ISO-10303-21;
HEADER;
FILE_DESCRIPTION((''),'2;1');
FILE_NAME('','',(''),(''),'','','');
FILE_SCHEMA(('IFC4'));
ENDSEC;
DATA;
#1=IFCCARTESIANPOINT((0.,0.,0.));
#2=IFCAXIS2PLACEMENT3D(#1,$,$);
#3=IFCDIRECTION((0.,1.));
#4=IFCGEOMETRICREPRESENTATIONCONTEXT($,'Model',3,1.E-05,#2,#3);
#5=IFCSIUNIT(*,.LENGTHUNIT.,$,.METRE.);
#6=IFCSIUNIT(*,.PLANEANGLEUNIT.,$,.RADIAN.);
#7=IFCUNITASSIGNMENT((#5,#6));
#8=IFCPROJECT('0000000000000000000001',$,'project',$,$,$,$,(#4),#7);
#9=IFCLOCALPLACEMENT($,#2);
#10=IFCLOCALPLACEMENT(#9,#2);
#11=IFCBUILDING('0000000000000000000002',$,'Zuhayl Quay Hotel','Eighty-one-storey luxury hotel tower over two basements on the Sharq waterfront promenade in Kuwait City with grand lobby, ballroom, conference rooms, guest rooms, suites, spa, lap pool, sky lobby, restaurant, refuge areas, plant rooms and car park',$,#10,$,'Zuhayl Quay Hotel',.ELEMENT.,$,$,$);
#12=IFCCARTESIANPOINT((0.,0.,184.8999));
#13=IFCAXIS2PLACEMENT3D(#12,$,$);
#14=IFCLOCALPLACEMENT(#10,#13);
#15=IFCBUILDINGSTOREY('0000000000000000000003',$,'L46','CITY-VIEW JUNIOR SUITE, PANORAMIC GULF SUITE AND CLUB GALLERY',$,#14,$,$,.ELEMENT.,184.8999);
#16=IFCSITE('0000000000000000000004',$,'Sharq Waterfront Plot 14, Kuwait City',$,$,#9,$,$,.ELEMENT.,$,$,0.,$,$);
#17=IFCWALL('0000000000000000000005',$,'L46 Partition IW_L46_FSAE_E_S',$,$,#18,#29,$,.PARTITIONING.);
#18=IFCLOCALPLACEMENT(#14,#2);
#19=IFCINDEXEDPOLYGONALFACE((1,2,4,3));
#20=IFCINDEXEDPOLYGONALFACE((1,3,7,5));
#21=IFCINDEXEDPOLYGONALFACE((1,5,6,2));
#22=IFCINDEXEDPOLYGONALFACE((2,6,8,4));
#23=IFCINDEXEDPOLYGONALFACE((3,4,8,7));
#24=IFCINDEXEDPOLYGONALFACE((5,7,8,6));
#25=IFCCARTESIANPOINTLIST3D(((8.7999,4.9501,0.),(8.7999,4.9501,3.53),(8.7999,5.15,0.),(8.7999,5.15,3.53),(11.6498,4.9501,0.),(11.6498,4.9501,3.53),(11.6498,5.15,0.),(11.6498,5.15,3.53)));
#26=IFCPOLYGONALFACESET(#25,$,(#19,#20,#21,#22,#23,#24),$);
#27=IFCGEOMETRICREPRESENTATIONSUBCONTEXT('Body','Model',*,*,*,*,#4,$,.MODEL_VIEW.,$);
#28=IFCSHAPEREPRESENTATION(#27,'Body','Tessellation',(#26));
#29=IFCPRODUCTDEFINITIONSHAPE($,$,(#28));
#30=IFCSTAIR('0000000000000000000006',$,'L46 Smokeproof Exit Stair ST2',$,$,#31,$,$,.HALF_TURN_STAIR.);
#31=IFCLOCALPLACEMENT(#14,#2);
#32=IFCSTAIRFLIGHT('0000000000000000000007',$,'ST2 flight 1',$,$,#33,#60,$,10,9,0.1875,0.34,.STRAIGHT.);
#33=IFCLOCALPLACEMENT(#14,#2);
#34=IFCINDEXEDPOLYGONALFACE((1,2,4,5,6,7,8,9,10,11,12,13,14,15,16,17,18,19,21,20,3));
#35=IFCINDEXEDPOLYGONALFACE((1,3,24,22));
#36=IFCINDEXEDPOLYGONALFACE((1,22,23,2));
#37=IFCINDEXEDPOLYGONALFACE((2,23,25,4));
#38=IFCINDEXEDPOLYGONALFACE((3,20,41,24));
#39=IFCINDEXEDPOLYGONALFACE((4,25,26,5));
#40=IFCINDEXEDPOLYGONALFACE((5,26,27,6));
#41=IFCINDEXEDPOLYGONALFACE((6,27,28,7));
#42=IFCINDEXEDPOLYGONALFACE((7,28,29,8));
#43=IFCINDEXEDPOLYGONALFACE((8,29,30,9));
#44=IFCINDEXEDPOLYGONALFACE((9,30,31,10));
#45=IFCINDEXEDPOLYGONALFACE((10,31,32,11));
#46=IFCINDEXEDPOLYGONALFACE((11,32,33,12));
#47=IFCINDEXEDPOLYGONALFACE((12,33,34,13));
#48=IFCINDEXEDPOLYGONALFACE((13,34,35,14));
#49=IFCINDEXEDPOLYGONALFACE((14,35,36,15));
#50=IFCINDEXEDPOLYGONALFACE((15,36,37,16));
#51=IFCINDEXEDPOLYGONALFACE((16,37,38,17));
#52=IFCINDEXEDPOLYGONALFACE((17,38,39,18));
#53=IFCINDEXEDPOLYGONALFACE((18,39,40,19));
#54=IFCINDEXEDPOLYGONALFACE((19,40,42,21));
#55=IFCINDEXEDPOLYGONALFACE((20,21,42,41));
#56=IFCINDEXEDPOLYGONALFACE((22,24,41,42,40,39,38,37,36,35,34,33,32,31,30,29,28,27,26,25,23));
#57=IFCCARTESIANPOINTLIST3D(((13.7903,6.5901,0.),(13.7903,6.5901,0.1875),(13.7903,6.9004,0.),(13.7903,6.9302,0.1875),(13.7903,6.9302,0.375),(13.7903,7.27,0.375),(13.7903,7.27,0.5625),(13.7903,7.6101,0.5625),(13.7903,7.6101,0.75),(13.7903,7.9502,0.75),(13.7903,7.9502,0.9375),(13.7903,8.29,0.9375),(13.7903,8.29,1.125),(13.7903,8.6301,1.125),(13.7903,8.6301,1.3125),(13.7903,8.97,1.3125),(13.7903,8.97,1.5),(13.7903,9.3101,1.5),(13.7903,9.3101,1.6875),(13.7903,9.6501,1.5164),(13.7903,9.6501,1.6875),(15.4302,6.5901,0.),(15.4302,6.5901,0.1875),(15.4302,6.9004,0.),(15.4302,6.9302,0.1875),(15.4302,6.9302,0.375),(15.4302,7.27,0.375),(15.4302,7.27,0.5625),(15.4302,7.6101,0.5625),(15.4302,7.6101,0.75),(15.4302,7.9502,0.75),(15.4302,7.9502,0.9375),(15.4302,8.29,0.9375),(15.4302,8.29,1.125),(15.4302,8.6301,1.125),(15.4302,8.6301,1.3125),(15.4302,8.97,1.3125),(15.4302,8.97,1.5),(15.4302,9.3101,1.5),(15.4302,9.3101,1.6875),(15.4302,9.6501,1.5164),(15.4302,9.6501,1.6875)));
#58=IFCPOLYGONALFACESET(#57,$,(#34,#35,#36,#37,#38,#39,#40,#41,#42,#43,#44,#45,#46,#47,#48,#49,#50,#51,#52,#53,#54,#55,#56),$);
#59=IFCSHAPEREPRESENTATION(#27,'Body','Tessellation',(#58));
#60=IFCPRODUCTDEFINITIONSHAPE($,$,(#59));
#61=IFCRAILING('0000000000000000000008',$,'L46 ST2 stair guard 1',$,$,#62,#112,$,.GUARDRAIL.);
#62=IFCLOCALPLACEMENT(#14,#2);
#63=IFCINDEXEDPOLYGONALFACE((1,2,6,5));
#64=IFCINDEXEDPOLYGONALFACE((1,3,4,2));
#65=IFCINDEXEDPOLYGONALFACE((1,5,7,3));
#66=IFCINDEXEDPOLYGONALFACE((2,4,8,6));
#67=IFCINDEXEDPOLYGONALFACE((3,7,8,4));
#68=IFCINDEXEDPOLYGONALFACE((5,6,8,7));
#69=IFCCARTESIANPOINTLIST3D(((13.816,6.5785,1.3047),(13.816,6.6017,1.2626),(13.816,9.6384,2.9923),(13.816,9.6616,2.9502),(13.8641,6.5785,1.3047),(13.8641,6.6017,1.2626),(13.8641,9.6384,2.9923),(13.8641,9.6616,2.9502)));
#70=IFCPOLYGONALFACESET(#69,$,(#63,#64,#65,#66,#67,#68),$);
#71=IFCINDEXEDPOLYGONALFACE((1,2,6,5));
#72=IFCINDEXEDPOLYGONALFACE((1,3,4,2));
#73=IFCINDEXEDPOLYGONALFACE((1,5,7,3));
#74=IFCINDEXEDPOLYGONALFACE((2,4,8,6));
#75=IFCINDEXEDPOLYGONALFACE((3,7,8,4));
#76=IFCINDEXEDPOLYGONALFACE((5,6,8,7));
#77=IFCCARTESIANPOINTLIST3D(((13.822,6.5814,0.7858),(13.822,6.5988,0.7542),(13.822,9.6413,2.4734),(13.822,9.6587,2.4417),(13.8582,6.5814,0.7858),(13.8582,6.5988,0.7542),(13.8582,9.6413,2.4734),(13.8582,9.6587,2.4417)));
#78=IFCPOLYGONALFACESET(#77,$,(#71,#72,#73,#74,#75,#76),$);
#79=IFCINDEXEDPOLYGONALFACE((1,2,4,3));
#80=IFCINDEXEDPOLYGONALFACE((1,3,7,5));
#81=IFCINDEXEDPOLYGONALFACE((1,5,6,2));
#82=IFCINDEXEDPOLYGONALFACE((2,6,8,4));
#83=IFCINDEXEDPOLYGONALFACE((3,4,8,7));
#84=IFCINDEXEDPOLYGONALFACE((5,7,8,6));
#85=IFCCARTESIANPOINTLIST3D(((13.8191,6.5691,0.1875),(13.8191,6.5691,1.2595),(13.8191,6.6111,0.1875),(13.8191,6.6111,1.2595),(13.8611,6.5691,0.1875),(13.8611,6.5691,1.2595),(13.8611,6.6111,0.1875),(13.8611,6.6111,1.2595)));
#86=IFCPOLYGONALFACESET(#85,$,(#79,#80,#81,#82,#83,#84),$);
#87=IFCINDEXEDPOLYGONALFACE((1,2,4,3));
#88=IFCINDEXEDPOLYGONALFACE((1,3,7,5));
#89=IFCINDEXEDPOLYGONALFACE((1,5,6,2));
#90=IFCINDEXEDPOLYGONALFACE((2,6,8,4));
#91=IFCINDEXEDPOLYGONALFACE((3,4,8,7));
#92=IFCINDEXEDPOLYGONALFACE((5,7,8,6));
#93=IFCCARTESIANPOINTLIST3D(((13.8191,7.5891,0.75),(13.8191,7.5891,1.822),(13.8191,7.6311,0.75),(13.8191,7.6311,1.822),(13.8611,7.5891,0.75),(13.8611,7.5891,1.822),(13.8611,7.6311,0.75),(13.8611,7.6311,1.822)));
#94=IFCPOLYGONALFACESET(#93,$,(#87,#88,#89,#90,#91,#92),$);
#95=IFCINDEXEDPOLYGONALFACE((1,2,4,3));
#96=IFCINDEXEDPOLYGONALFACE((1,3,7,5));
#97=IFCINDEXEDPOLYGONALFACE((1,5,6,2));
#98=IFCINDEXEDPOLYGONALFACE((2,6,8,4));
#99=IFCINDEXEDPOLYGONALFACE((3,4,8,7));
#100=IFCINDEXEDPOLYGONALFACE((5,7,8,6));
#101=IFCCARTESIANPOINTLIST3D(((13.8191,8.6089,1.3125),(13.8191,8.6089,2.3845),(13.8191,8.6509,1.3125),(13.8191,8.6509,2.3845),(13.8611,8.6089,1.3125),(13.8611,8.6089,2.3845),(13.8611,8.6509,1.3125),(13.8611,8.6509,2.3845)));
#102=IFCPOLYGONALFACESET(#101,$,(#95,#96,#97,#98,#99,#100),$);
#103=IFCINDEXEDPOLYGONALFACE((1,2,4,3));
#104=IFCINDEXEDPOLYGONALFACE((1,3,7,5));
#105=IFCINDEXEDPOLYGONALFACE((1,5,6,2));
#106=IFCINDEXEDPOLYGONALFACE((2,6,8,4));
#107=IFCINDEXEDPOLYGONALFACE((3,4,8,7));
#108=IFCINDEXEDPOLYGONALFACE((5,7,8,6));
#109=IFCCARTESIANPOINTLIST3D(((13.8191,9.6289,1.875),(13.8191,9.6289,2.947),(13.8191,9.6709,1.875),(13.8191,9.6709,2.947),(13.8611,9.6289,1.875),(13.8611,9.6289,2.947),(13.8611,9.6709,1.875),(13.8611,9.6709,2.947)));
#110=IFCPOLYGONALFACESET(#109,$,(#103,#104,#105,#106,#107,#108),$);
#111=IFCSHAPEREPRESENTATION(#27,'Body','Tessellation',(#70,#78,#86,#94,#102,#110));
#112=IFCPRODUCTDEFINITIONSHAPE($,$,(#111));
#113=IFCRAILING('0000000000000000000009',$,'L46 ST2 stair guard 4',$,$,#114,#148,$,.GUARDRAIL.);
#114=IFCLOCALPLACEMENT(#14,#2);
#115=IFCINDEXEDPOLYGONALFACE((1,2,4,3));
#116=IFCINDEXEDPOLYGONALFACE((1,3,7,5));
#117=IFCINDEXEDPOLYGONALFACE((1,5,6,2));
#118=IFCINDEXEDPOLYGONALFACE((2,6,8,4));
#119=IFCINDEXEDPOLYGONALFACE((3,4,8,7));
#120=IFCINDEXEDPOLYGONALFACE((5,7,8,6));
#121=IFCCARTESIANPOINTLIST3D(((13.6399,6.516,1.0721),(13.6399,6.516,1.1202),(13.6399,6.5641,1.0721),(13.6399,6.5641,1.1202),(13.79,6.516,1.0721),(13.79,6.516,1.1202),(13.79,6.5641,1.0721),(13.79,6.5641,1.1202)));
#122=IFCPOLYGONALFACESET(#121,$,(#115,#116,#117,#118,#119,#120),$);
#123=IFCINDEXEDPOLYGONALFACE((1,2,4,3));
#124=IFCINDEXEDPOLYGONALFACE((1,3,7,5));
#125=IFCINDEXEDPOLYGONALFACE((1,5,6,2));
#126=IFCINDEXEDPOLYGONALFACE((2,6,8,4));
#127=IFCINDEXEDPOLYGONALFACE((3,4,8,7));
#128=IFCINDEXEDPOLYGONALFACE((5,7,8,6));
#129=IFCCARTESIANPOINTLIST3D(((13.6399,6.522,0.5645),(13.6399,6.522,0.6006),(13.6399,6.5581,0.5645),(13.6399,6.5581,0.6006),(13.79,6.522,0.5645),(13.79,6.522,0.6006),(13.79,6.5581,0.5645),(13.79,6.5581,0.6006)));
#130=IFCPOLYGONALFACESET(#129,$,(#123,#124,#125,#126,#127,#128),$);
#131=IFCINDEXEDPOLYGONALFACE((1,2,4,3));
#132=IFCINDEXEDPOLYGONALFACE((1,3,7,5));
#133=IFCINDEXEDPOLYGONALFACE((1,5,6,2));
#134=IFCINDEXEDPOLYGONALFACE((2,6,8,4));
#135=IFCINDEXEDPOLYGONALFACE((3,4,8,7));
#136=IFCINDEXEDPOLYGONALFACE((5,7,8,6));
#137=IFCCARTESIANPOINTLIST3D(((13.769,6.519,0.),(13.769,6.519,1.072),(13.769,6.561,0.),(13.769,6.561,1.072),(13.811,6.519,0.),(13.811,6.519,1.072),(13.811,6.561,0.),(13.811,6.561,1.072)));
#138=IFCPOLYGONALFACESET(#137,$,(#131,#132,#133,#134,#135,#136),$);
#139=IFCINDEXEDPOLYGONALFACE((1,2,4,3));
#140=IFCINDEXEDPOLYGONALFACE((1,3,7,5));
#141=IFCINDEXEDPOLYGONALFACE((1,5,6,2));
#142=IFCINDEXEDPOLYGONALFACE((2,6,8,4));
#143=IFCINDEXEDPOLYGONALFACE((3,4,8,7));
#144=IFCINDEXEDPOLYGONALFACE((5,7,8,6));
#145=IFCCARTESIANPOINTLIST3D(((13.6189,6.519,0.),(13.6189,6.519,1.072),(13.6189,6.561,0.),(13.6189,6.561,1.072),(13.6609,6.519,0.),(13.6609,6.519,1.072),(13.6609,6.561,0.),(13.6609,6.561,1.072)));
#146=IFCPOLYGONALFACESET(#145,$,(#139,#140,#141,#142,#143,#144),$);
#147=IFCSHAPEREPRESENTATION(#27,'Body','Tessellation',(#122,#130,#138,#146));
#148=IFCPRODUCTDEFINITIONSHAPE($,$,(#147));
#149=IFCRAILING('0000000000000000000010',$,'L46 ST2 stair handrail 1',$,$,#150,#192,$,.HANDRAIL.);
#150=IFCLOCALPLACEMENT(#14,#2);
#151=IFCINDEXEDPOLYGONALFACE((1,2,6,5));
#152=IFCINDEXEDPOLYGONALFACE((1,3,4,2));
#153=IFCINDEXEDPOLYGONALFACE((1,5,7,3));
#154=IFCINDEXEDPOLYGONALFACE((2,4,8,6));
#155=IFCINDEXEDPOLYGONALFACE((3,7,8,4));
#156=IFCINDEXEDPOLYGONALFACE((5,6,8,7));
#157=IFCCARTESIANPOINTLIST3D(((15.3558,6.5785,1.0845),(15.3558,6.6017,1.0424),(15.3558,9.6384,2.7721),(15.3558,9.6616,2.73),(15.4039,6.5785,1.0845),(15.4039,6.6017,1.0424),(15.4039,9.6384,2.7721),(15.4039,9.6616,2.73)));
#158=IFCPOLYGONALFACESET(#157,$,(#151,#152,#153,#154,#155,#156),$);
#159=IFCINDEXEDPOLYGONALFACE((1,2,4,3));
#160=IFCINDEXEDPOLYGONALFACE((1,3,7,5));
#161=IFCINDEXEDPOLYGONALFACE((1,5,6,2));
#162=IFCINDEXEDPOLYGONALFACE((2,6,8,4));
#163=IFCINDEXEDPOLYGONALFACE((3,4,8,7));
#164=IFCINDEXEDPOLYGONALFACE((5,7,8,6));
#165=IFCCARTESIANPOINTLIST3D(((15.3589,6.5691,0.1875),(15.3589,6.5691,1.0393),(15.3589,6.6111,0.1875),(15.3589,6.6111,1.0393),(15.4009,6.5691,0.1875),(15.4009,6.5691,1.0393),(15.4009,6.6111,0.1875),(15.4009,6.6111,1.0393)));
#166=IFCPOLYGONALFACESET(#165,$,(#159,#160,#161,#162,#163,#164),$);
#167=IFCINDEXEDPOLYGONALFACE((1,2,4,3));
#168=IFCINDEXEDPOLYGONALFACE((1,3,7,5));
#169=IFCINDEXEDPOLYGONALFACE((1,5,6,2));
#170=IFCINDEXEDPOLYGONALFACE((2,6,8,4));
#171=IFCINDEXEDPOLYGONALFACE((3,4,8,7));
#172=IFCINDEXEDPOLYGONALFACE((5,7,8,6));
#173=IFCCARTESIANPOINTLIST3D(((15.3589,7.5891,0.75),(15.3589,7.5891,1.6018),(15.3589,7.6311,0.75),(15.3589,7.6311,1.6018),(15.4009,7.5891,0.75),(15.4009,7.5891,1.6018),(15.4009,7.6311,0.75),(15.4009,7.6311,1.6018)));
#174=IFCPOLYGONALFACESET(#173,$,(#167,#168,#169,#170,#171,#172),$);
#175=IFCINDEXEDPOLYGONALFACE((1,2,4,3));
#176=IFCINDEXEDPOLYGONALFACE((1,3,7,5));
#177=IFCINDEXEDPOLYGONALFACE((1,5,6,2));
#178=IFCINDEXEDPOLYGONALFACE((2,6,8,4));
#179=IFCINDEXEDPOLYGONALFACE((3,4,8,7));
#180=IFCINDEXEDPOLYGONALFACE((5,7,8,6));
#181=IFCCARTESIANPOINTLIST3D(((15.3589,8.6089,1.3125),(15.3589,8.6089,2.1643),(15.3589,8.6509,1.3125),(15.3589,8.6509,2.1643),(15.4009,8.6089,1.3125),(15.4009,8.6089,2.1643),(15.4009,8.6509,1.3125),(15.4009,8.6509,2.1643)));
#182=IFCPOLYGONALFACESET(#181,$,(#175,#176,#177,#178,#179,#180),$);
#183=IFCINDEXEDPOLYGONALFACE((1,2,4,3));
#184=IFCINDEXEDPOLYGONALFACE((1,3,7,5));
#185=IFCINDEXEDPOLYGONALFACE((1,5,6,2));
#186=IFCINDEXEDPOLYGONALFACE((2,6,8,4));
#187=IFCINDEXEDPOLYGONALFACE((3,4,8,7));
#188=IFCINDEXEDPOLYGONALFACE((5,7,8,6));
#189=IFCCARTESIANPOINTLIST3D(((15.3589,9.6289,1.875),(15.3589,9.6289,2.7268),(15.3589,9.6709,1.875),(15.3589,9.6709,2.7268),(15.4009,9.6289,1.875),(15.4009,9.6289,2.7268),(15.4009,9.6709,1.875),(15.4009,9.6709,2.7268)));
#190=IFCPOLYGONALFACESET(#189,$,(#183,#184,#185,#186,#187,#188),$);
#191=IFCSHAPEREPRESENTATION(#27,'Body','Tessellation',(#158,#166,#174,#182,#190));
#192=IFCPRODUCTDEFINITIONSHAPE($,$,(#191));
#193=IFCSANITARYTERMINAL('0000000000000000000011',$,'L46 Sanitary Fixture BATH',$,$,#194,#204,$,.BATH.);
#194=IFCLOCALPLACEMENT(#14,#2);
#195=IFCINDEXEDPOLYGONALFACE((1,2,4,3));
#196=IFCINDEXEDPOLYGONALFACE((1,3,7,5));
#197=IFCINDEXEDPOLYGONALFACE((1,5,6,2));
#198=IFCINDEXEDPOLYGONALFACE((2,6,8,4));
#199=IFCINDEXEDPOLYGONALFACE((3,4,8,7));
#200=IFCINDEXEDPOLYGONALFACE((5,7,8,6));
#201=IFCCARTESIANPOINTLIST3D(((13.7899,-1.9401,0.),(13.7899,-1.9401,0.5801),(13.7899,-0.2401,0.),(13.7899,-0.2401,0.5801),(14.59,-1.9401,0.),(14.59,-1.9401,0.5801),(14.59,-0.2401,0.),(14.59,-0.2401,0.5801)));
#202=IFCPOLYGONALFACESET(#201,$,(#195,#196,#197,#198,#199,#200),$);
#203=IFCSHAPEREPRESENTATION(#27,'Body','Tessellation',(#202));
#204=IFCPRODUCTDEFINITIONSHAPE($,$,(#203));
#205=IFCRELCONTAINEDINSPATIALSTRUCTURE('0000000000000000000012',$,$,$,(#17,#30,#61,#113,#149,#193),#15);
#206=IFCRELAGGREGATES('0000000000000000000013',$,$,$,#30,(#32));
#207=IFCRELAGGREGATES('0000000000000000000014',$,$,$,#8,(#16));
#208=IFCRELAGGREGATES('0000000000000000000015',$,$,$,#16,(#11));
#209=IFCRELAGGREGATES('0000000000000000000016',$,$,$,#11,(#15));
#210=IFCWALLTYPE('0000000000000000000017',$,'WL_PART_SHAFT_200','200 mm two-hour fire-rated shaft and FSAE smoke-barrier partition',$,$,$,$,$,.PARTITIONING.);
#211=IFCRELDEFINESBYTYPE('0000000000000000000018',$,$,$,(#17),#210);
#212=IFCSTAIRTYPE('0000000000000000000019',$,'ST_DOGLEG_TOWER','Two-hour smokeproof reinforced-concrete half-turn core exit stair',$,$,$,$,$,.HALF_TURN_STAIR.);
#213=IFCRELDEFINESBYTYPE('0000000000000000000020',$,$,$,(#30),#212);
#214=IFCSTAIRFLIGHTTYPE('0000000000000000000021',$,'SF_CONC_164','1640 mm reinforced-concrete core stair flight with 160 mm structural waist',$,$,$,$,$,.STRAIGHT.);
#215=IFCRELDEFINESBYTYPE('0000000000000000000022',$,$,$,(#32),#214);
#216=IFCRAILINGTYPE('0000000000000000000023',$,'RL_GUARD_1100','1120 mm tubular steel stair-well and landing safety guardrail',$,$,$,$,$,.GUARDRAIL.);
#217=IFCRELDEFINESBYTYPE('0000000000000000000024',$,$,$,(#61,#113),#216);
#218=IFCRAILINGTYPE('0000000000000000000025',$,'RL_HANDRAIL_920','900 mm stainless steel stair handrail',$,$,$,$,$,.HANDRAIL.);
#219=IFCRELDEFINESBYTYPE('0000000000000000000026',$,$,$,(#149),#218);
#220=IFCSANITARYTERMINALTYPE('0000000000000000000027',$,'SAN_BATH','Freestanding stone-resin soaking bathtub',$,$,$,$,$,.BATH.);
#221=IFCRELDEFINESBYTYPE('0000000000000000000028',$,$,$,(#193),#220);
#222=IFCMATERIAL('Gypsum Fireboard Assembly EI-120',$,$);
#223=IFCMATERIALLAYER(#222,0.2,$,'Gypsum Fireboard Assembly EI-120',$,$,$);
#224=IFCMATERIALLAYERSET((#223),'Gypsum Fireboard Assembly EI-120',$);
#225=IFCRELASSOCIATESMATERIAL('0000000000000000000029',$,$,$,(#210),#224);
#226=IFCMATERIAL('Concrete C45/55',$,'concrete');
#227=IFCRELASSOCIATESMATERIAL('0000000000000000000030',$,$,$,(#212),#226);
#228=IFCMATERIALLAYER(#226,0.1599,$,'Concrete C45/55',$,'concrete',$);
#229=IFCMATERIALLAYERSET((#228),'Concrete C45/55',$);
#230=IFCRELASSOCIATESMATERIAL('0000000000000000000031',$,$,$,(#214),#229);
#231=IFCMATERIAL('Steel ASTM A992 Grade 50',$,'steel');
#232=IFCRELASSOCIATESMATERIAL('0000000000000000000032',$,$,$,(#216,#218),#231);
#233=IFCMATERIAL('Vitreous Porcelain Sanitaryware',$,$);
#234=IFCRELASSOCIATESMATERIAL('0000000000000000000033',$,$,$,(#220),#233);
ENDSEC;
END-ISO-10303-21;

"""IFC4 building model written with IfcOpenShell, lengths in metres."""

from ifc_helpers import new_model, si_unit, direction, frame, frame_2d, origin, origin_2d, place, context, subcontext, project, spatial, polyline, rectangle, outline, extrude, material, layer, layer_set, type_object, element, aggregate, save


model = new_model("IFC4")

# Units and contexts
model_context = context("Model", 3, precision=1e-05, world=origin(), true_north=direction((0.0, 1.0)))
body_context = subcontext(model_context, "Body", "Model", "MODEL_VIEW")
ifc_project = project(units=[si_unit("LENGTHUNIT", "METRE"), si_unit("PLANEANGLEUNIT", "RADIAN")], contexts=[model_context])

# Site, building, storey
site_placement = place(None, origin())
site = spatial("IfcSite", under=ifc_project, at=site_placement, Name="Sharq Waterfront Plot 14, Kuwait City", CompositionType="ELEMENT", RefElevation=0.0)
building_placement = place(site_placement, origin())
building = spatial("IfcBuilding", under=site, at=building_placement, Name="Zuhayl Quay Hotel", Description="Eighty-one-storey luxury hotel tower over two basements on the Sharq waterfront promenade in Kuwait City with grand lobby, ballroom, conference rooms, guest rooms, suites, spa, lap pool, sky lobby, restaurant, refuge areas, plant rooms and car park", LongName="Zuhayl Quay Hotel", CompositionType="ELEMENT")
storey_placement = place(building_placement, frame((0.0, 0.0, 184.8999)))
storey = spatial("IfcBuildingStorey", under=building, at=storey_placement, Name="L46", Description="CITY-VIEW JUNIOR SUITE, PANORAMIC GULF SUITE AND CLUB GALLERY", CompositionType="ELEMENT", Elevation=184.8999)

# Wall
ifc_material_1 = material(Name="Gypsum Fireboard Assembly EI-120")
ifc_layer_1 = layer(ifc_material_1, 0.2, Name="Gypsum Fireboard Assembly EI-120")
ifc_layer_set_1 = layer_set([ifc_layer_1], Name="Gypsum Fireboard Assembly EI-120")
wall_type_1 = type_object("IfcWallType", Name="WL_PART_SHAFT_200", Description="200 mm two-hour fire-rated shaft and FSAE smoke-barrier partition", PredefinedType="PARTITIONING", material=ifc_layer_set_1)
wall_1_placement = place(storey_placement, frame((8.8, 5.05, 0.0), z_axis=(0.0, 0.0, 1.0), x_axis=(1.0, 0.0, 0.0)))
element("IfcWall", 1, at=wall_1_placement, inside=storey, type_object=wall_type_1, Name="L46 Partition IW_L46_FSAE_E_S", PredefinedType="PARTITIONING", context=body_context, shape_type="SweptSolid", body=[
    extrude(rectangle(XDim=2.8499, YDim=0.2, at=frame_2d((1.4248, 0.0))), origin(), (0.0, 0.0, 1.0), 3.53),
])

# Stair, stair flight
ifc_material_2 = material(Name="Concrete C45/55", Category="concrete")
stair_type = type_object("IfcStairType", Name="ST_DOGLEG_TOWER", Description="Two-hour smokeproof reinforced-concrete half-turn core exit stair", PredefinedType="HALF_TURN_STAIR", material=ifc_material_2)
stair_placement = place(storey_placement, origin())
stair = element("IfcStair", 2, at=stair_placement, inside=storey, type_object=stair_type, Name="L46 Smokeproof Exit Stair ST2", PredefinedType="HALF_TURN_STAIR")
ifc_layer_2 = layer(ifc_material_2, 0.1599, Name="Concrete C45/55", Category="concrete")
ifc_layer_set_2 = layer_set([ifc_layer_2], Name="Concrete C45/55")
stair_flight_type = type_object("IfcStairFlightType", Name="SF_CONC_164", Description="1640 mm reinforced-concrete core stair flight with 160 mm structural waist", PredefinedType="STRAIGHT", material=ifc_layer_set_2)
stair_flight_placement = place(storey_placement, frame((14.6101, 6.5901, 0.0), z_axis=(0.0, 0.0, 1.0), x_axis=(0.0, 1.0, 0.0)))
stair_flight = element("IfcStairFlight", 3, at=stair_flight_placement, type_object=stair_flight_type, Name="ST2 flight 1", NumberOfRisers=10, NumberOfTreads=9, PredefinedType="STRAIGHT", RiserHeight=0.1875, TreadLength=0.34, context=body_context, shape_type="SweptSolid", body=[
    extrude(outline(polyline([(0.0, 0.0), (0.0, 0.1875), (0.3401, 0.1875), (0.3401, 0.375), (0.6799, 0.375), (0.6799, 0.5625), (1.02, 0.5625), (1.02, 0.75), (1.3601, 0.75), (1.3601, 0.9375), (1.7, 0.9375), (1.7, 1.125), (2.04, 1.125), (2.04, 1.3125), (2.3799, 1.3125), (2.3799, 1.5), (2.72, 1.5), (2.72, 1.6875), (3.0601, 1.6875), (3.0601, 1.875), (3.0601, 1.5164), (0.3103, 0.0), (0.0, 0.0)])), frame((0.0, 0.8198, 0.0), z_axis=(0.0, -1.0, 0.0), x_axis=(1.0, 0.0, 0.0)), (0.0, 0.0, 1.0), 1.6399),
])
aggregate(stair, [stair_flight])

# Railings
ifc_material_3 = material(Name="Steel ASTM A992 Grade 50", Category="steel")
railing_type_1 = type_object("IfcRailingType", Name="RL_GUARD_1100", Description="1120 mm tubular steel stair-well and landing safety guardrail", PredefinedType="GUARDRAIL", material=ifc_material_3)
railing_1_placement = place(storey_placement, frame((13.8401, 6.5901, 0.1875)))
element("IfcRailing", 4, at=railing_1_placement, inside=storey, type_object=railing_type_1, Name="L46 ST2 stair guard 1", PredefinedType="GUARDRAIL", context=body_context, shape_type="SweptSolid", body=[
    extrude(rectangle(XDim=0.0481, YDim=0.0481, at=origin_2d()), frame((0.0, 0.0, 1.0962), z_axis=(0.0, 0.875659, 0.48293), x_axis=(-1.0, 0.0, 0.0)), (0.0, 0.0, 1.0), 3.4944),
    extrude(rectangle(XDim=0.0361, YDim=0.0361, at=origin_2d()), frame((0.0, 0.0, 0.5825), z_axis=(0.0, 0.875659, 0.48293), x_axis=(-1.0, 0.0, 0.0)), (0.0, 0.0, 1.0), 3.4944),
    extrude(rectangle(XDim=0.042, YDim=0.042, at=origin_2d()), origin(), (0.0, 0.0, 1.0), 1.072),
    extrude(rectangle(XDim=0.042, YDim=0.042, at=origin_2d()), frame((0.0, 1.02, 0.5625)), (0.0, 0.0, 1.0), 1.072),
    extrude(rectangle(XDim=0.042, YDim=0.042, at=origin_2d()), frame((0.0, 2.0398, 1.125)), (0.0, 0.0, 1.0), 1.072),
    extrude(rectangle(XDim=0.042, YDim=0.042, at=origin_2d()), frame((0.0, 3.0598, 1.6875)), (0.0, 0.0, 1.0), 1.072),
])
railing_2_placement = place(storey_placement, frame((13.79, 6.54, 0.0)))
element("IfcRailing", 5, at=railing_2_placement, inside=storey, type_object=railing_type_1, Name="L46 ST2 stair guard 4", PredefinedType="GUARDRAIL", context=body_context, shape_type="SweptSolid", body=[
    extrude(rectangle(XDim=0.0481, YDim=0.0481, at=origin_2d()), frame((0.0, 0.0, 1.0962), z_axis=(-1.0, 0.0, 0.0), x_axis=(0.0, -1.0, 0.0)), (0.0, 0.0, 1.0), 0.1501),
    extrude(rectangle(XDim=0.0361, YDim=0.0361, at=origin_2d()), frame((0.0, 0.0, 0.5825), z_axis=(-1.0, 0.0, 0.0), x_axis=(0.0, -1.0, 0.0)), (0.0, 0.0, 1.0), 0.1501),
    extrude(rectangle(XDim=0.042, YDim=0.042, at=origin_2d()), origin(), (0.0, 0.0, 1.0), 1.072),
    extrude(rectangle(XDim=0.042, YDim=0.042, at=origin_2d()), frame((-0.1501, 0.0, 0.0)), (0.0, 0.0, 1.0), 1.072),
])
railing_type_2 = type_object("IfcRailingType", Name="RL_HANDRAIL_920", Description="900 mm stainless steel stair handrail", PredefinedType="HANDRAIL", material=ifc_material_3)
railing_3_placement = place(storey_placement, frame((15.3799, 6.5901, 0.1875)))
element("IfcRailing", 6, at=railing_3_placement, inside=storey, type_object=railing_type_2, Name="L46 ST2 stair handrail 1", PredefinedType="HANDRAIL", context=body_context, shape_type="SweptSolid", body=[
    extrude(rectangle(XDim=0.0481, YDim=0.0481, at=origin_2d()), frame((0.0, 0.0, 0.876), z_axis=(0.0, 0.875659, 0.48293), x_axis=(-1.0, 0.0, 0.0)), (0.0, 0.0, 1.0), 3.4944),
    extrude(rectangle(XDim=0.042, YDim=0.042, at=origin_2d()), origin(), (0.0, 0.0, 1.0), 0.8518),
    extrude(rectangle(XDim=0.042, YDim=0.042, at=origin_2d()), frame((0.0, 1.02, 0.5625)), (0.0, 0.0, 1.0), 0.8518),
    extrude(rectangle(XDim=0.042, YDim=0.042, at=origin_2d()), frame((0.0, 2.0398, 1.125)), (0.0, 0.0, 1.0), 0.8518),
    extrude(rectangle(XDim=0.042, YDim=0.042, at=origin_2d()), frame((0.0, 3.0598, 1.6875)), (0.0, 0.0, 1.0), 0.8518),
])

# Sanitary terminal
ifc_material_4 = material(Name="Vitreous Porcelain Sanitaryware")
sanitary_terminal_type = type_object("IfcSanitaryTerminalType", Name="SAN_BATH", Description="Freestanding stone-resin soaking bathtub", PredefinedType="BATH", material=ifc_material_4)
sanitary_terminal_placement = place(storey_placement, frame((14.1899, -1.0901, 0.0), z_axis=(0.0, 0.0, 1.0), x_axis=(1.0, 0.0, 0.0)))
element("IfcSanitaryTerminal", 7, at=sanitary_terminal_placement, inside=storey, type_object=sanitary_terminal_type, Name="L46 Sanitary Fixture BATH", PredefinedType="BATH", context=body_context, shape_type="SweptSolid", body=[
    extrude(rectangle(XDim=0.8, YDim=1.7, at=origin_2d()), origin(), (0.0, 0.0, 1.0), 0.5801),
])

save(model, "model.ifc")
